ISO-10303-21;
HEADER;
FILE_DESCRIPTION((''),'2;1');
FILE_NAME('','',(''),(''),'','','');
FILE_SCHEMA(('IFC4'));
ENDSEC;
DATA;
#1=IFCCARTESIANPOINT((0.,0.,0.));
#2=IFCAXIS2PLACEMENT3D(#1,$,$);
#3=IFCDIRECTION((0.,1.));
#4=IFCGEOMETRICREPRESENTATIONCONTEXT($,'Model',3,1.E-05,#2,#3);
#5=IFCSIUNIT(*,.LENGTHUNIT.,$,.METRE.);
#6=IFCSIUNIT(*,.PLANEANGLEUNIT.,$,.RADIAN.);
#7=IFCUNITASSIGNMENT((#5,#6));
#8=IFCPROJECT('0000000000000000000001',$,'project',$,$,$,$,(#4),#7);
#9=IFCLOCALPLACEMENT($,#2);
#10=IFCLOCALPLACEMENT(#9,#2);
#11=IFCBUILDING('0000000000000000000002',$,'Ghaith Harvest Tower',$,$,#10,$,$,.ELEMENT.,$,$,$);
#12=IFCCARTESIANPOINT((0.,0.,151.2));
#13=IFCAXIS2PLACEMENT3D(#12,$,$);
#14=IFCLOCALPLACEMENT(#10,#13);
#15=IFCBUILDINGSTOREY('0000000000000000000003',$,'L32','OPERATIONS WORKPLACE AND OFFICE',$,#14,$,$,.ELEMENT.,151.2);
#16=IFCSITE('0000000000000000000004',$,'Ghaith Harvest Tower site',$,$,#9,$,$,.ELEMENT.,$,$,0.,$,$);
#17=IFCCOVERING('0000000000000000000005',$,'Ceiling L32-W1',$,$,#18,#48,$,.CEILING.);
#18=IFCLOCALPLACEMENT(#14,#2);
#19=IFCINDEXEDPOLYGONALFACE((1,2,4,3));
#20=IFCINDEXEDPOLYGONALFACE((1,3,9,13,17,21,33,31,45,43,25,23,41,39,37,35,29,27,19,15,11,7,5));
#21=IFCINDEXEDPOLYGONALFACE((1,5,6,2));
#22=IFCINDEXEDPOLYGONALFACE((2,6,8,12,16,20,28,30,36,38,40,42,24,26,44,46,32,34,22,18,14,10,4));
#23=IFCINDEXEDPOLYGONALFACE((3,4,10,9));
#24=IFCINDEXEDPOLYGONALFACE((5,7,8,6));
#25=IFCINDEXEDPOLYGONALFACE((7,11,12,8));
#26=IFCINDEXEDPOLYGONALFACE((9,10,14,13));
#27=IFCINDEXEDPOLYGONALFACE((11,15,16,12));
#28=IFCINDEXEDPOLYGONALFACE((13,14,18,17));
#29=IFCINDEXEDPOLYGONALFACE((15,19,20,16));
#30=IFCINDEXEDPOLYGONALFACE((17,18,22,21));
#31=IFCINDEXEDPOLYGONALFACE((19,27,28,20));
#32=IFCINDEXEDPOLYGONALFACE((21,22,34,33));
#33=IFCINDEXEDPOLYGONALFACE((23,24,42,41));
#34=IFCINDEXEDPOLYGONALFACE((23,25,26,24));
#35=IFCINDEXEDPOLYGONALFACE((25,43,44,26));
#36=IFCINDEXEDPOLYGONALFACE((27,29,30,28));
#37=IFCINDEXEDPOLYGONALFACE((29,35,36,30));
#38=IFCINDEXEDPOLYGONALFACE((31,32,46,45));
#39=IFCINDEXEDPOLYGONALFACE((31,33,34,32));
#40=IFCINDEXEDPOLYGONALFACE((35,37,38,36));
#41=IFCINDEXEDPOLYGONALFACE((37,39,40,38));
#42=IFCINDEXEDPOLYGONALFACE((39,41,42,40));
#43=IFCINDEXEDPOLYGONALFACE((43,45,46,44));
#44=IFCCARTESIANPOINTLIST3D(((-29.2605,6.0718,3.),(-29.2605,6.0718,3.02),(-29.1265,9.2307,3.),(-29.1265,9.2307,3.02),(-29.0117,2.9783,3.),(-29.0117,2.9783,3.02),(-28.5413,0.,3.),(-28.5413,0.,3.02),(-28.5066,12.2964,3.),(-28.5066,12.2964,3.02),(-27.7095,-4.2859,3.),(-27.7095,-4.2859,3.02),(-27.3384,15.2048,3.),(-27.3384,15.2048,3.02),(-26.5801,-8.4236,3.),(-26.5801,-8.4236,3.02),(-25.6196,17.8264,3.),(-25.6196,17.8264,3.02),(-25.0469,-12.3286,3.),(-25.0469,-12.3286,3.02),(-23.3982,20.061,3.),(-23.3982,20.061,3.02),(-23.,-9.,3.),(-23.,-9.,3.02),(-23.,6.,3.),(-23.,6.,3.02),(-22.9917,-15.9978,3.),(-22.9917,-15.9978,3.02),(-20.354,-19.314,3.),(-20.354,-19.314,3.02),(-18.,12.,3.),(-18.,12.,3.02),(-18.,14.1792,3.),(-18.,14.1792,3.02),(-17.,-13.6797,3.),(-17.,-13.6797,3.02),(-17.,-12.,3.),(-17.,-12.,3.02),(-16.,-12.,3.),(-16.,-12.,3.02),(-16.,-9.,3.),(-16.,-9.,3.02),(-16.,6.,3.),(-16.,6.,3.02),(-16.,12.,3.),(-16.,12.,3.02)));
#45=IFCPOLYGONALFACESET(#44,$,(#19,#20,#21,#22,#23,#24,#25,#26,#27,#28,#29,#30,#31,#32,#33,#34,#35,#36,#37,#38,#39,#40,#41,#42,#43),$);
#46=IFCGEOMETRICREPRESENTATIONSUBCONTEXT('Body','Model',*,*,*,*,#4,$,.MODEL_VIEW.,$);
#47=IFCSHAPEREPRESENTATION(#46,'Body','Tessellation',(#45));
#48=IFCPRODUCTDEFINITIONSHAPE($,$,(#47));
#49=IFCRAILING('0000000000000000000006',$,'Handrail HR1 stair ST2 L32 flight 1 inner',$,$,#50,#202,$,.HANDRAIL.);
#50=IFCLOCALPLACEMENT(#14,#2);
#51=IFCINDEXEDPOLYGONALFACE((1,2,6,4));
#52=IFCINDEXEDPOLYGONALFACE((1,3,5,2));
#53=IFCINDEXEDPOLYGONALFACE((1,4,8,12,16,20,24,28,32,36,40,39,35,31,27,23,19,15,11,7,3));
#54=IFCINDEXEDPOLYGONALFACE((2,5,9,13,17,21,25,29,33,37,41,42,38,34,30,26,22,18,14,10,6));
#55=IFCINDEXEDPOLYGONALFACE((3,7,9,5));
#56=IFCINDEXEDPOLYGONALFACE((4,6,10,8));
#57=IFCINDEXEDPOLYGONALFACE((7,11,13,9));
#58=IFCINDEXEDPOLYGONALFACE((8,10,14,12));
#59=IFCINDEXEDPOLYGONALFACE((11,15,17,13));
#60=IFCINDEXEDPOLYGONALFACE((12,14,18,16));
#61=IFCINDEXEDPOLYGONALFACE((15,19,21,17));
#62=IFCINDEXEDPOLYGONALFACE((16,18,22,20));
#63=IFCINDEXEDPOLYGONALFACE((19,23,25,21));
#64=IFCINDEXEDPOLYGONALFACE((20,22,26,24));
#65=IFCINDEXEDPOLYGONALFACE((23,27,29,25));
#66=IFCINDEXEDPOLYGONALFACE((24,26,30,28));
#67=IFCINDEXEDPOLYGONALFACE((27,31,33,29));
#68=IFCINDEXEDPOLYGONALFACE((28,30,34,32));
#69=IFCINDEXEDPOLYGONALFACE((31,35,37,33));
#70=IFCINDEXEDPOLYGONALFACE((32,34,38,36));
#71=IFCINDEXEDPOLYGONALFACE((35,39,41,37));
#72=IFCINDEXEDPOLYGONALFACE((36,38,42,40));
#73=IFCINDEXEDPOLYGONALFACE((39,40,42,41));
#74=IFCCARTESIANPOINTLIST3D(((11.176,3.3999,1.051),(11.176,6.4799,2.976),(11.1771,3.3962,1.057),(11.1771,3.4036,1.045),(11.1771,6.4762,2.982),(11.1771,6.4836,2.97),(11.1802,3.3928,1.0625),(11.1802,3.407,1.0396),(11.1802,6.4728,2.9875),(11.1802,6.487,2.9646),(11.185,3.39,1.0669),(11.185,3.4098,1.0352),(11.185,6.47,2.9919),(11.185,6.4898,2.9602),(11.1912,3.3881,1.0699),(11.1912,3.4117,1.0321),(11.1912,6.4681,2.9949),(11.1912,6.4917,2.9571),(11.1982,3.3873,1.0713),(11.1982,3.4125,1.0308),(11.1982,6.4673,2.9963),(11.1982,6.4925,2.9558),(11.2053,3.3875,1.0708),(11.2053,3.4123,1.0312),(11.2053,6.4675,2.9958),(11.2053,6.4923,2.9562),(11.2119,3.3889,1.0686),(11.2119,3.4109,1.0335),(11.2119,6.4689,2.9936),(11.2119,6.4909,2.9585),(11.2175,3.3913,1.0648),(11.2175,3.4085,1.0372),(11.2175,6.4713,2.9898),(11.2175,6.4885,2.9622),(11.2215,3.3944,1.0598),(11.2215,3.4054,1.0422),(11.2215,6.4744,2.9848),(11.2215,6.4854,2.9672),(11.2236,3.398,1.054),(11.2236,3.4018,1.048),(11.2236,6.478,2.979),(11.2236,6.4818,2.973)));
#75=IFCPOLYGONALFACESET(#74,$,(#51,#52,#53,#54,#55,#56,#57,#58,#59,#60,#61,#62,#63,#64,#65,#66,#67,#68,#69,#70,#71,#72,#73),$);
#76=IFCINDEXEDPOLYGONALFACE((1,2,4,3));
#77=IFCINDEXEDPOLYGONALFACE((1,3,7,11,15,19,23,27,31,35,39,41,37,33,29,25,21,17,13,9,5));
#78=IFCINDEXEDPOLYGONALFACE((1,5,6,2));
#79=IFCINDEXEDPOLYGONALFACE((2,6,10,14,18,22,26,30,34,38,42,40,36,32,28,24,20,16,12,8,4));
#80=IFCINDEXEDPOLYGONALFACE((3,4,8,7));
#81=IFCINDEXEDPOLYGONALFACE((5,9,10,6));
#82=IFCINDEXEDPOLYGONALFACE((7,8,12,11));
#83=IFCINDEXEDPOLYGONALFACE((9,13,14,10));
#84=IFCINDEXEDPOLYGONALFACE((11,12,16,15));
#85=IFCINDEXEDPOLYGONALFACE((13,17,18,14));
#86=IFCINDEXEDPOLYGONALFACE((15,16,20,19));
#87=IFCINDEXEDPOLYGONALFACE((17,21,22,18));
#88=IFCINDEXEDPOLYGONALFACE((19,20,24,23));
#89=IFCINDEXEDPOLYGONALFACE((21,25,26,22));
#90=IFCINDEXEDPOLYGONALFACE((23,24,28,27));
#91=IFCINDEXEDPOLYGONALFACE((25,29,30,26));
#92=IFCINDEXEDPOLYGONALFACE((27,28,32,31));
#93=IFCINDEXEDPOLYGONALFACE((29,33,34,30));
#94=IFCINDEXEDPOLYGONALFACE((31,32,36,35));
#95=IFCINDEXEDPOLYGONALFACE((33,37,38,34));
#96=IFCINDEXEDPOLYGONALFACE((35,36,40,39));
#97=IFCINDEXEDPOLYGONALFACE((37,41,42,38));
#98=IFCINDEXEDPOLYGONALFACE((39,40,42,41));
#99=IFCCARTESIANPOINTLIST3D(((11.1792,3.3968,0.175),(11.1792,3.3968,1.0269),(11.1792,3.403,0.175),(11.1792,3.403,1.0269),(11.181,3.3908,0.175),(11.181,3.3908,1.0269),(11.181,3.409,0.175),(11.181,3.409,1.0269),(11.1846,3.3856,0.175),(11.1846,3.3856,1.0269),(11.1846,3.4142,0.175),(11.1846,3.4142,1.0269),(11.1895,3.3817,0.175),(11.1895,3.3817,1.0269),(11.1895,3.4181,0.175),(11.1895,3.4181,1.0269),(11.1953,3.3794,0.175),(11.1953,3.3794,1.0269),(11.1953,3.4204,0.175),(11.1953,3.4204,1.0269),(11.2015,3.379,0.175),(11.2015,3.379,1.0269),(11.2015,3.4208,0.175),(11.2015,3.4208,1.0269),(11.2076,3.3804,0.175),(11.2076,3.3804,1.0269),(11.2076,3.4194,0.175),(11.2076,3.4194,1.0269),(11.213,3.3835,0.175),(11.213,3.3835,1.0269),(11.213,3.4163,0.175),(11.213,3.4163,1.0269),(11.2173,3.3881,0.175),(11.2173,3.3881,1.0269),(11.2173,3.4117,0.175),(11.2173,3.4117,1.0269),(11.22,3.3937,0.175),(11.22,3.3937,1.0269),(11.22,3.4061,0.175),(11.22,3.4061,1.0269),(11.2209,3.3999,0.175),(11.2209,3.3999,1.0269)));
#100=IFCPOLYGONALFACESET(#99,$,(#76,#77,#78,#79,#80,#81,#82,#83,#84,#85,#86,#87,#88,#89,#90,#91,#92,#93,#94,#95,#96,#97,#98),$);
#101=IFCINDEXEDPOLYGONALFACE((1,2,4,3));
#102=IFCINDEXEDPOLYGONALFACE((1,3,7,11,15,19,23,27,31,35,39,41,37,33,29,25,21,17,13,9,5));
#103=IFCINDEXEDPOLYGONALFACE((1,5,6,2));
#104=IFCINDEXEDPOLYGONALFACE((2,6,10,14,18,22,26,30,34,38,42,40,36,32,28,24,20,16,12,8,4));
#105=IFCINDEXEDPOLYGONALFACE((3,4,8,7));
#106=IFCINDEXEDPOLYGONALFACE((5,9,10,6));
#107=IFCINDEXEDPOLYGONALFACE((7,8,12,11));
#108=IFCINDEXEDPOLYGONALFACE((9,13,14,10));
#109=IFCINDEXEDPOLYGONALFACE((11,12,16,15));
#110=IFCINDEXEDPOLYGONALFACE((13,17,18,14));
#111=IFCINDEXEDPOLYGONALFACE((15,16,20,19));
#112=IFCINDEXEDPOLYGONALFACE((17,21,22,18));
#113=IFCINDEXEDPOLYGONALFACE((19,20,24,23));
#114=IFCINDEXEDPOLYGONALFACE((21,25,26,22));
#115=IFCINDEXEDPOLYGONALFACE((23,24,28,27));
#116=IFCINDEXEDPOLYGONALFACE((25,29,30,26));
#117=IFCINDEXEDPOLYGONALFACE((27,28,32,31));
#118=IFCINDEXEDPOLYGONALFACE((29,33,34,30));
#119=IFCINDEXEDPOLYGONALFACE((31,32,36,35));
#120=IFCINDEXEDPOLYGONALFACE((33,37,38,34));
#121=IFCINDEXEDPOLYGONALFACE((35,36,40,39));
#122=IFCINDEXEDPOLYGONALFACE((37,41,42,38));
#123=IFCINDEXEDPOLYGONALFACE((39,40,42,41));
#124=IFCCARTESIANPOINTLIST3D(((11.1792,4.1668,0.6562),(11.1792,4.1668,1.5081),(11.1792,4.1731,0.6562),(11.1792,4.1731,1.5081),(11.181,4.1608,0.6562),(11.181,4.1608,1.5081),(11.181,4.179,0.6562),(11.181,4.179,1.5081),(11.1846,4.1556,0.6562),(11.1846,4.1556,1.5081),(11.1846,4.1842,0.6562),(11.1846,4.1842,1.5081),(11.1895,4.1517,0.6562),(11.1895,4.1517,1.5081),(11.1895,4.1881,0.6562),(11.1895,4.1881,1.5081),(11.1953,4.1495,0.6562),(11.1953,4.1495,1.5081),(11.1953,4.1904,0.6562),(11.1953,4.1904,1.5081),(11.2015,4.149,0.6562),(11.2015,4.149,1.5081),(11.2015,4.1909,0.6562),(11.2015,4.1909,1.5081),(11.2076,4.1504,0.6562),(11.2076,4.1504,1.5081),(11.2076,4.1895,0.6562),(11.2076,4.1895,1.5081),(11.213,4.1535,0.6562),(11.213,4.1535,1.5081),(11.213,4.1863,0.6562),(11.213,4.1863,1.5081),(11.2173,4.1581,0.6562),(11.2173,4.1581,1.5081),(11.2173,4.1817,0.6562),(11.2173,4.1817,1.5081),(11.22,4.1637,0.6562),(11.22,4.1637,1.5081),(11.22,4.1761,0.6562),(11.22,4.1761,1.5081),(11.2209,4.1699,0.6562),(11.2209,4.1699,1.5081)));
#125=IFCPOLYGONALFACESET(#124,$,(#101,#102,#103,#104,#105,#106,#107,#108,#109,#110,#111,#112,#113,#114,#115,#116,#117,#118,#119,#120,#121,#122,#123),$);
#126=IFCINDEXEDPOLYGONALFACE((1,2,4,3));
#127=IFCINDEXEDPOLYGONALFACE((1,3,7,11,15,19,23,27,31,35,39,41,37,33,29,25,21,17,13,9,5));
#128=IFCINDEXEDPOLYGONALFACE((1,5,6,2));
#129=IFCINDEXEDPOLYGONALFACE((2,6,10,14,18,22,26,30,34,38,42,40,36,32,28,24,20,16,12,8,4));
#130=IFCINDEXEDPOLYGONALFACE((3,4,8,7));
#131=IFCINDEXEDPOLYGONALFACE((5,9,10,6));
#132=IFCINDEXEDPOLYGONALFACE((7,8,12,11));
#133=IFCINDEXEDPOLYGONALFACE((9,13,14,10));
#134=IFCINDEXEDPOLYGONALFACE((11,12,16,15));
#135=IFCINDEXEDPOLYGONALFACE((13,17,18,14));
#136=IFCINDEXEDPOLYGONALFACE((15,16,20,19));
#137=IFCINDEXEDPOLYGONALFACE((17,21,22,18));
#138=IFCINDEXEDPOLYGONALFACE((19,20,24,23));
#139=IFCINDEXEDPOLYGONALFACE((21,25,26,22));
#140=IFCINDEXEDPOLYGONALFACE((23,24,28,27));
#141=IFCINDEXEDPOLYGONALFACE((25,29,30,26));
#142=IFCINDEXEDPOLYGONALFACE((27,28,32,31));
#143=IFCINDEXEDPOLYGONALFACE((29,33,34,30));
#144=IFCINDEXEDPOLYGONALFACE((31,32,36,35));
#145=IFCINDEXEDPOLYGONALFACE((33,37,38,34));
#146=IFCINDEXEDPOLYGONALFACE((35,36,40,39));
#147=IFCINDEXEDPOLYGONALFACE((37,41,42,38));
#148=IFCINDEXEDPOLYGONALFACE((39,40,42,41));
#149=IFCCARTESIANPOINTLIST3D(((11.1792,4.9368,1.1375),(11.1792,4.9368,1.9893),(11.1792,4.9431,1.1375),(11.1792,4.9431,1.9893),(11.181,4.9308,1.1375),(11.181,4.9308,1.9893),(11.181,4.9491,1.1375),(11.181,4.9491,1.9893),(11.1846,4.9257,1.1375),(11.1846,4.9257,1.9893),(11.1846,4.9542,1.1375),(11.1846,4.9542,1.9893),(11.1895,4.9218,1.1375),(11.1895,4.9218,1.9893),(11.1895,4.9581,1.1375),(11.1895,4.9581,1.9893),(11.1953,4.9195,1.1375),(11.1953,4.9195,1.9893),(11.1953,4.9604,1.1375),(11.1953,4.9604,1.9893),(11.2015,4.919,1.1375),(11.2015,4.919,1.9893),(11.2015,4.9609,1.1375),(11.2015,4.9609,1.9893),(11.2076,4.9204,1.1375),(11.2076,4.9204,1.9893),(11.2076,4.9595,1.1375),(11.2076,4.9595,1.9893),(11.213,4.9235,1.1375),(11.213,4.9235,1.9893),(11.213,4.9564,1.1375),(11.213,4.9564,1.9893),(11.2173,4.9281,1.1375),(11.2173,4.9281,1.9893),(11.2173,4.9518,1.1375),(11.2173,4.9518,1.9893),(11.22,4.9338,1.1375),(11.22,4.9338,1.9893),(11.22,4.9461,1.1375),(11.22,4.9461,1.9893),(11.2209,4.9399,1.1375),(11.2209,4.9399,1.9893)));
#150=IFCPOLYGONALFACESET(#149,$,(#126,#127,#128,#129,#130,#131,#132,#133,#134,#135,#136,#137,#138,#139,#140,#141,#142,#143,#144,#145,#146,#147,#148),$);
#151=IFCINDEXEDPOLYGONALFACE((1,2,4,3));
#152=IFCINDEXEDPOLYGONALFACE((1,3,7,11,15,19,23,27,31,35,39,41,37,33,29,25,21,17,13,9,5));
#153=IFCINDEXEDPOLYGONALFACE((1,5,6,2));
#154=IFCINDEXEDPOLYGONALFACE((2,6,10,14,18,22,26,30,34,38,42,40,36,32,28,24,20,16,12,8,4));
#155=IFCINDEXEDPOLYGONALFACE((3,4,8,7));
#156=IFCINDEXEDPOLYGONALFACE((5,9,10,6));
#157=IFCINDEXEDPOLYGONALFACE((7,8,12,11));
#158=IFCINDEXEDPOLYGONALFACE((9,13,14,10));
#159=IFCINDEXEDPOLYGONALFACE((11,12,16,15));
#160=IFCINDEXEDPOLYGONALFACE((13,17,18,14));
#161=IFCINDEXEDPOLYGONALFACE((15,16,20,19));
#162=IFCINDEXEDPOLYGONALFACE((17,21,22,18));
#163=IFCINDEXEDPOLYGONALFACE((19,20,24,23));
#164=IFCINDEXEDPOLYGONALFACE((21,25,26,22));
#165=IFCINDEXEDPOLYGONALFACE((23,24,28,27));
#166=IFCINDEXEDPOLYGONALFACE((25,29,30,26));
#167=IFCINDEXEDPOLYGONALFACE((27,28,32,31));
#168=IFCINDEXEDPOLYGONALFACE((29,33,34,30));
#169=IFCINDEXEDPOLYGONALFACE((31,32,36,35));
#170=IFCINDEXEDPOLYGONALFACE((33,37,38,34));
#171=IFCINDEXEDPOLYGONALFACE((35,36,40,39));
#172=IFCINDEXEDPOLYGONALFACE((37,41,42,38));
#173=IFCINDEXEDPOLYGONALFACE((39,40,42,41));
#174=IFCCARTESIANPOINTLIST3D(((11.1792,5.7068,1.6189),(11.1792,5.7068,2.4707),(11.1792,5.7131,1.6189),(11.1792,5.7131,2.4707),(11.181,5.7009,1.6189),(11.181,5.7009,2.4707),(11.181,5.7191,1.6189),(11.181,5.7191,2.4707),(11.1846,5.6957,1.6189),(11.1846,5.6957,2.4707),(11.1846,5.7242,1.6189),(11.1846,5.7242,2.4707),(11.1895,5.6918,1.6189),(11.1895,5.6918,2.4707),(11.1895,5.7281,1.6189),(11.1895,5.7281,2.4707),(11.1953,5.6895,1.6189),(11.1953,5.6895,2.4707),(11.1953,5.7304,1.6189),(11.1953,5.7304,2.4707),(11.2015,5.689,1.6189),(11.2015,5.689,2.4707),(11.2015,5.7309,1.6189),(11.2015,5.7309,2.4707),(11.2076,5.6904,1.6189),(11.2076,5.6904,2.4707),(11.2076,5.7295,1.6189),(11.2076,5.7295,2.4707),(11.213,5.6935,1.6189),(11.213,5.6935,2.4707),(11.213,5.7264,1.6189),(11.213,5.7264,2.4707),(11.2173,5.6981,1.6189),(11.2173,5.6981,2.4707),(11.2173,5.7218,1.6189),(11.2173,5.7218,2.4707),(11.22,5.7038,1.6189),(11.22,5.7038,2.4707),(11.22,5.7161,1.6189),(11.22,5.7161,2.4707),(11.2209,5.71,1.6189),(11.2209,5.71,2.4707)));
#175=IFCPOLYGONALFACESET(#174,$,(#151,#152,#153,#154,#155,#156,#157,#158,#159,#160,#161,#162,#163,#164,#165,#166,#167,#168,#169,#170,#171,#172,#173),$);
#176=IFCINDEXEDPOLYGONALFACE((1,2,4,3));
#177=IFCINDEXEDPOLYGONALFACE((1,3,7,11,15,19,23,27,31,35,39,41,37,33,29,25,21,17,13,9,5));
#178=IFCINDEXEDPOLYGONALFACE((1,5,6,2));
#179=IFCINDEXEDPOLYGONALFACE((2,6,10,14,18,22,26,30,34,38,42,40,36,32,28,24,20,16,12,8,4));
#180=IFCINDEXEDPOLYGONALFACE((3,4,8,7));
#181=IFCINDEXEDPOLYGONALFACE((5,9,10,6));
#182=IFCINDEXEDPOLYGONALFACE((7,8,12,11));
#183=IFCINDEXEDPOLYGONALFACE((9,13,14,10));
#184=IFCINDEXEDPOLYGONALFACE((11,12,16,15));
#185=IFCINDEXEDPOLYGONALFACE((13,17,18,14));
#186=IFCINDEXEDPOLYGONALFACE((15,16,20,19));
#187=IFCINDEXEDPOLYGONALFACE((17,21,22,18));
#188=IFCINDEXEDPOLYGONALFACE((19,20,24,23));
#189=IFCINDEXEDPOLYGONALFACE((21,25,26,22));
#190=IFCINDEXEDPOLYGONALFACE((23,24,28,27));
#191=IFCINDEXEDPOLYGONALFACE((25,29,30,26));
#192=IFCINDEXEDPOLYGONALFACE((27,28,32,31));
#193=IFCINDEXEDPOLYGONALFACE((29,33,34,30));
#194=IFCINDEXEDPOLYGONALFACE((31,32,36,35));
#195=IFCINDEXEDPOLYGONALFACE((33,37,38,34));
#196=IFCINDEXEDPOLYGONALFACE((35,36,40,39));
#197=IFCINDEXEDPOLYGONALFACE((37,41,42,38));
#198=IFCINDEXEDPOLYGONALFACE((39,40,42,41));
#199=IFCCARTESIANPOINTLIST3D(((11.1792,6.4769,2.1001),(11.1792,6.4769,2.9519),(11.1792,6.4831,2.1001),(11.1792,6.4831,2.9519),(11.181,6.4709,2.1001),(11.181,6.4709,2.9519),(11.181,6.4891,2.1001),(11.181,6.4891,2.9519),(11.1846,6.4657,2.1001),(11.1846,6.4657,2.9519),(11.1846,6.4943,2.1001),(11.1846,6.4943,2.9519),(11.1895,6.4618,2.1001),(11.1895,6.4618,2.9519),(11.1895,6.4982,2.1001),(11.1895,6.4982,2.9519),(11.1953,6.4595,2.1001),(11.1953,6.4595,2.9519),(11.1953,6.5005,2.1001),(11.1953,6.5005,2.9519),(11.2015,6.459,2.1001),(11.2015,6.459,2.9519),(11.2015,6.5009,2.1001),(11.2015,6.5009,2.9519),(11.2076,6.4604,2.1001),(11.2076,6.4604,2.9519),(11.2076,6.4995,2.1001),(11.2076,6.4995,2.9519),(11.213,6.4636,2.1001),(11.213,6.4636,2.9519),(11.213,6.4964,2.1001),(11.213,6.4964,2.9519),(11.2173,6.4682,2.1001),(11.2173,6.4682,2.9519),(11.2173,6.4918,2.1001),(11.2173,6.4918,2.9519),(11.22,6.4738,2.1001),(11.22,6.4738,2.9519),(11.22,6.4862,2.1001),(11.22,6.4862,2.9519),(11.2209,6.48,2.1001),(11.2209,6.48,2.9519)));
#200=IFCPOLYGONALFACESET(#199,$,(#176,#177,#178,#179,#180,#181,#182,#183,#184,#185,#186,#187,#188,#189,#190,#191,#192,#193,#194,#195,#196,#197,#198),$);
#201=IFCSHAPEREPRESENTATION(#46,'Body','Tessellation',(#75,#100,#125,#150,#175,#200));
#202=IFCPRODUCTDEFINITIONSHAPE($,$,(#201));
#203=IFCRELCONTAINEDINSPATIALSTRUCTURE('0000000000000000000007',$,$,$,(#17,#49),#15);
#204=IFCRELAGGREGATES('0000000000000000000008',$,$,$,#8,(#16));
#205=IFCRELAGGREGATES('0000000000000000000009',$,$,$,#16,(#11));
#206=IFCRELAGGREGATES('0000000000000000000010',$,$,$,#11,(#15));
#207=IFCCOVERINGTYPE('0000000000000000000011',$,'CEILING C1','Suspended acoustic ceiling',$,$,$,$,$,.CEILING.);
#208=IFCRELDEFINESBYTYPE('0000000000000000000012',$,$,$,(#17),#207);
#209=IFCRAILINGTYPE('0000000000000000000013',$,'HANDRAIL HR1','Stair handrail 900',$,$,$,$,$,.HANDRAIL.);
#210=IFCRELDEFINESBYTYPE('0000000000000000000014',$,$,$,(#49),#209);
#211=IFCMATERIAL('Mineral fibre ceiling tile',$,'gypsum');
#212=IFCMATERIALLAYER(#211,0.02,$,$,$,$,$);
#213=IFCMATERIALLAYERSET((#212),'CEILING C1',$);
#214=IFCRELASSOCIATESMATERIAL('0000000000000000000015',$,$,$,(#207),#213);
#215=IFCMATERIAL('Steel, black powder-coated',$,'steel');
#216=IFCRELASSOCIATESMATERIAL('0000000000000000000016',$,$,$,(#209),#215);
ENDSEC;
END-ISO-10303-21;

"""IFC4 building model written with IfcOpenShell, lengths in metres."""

from ifc_helpers import new_model, si_unit, direction, frame, origin, origin_2d, place, context, subcontext, project, spatial, polyline, circle, outline, extrude, material, layer, layer_set, type_object, element, save


model = new_model("IFC4")

# Units and contexts
model_context = context("Model", 3, precision=1e-05, world=origin(), true_north=direction((0.0, 1.0)))
body_context = subcontext(model_context, "Body", "Model", "MODEL_VIEW")
ifc_project = project(units=[si_unit("LENGTHUNIT", "METRE"), si_unit("PLANEANGLEUNIT", "RADIAN")], contexts=[model_context])

# Site, building, storey
site_placement = place(None, origin())
site = spatial("IfcSite", under=ifc_project, at=site_placement, Name="Ghaith Harvest Tower site", CompositionType="ELEMENT", RefElevation=0.0)
building_placement = place(site_placement, origin())
building = spatial("IfcBuilding", under=site, at=building_placement, Name="Ghaith Harvest Tower", CompositionType="ELEMENT")
storey_placement = place(building_placement, frame((0.0, 0.0, 151.2)))
storey = spatial("IfcBuildingStorey", under=building, at=storey_placement, Name="L32", Description="OPERATIONS WORKPLACE AND OFFICE", CompositionType="ELEMENT", Elevation=151.2)

# Covering
ifc_material_1 = material(Name="Mineral fibre ceiling tile", Category="gypsum")
ifc_layer_1 = layer(ifc_material_1, 0.02)
ifc_layer_set_1 = layer_set([ifc_layer_1], Name="CEILING C1")
covering_type = type_object("IfcCoveringType", Name="CEILING C1", Description="Suspended acoustic ceiling", PredefinedType="CEILING", material=ifc_layer_set_1)
covering_1_placement = place(storey_placement, frame((0.0, 0.0, 3.0)))
element("IfcCovering", 1, at=covering_1_placement, inside=storey, type_object=covering_type, Name="Ceiling L32-W1", PredefinedType="CEILING", context=body_context, shape_type="SweptSolid", body=[
    extrude(outline(polyline([(-25.0469, -12.3286), (-26.5801, -8.4236), (-27.7095, -4.2859), (-28.5413, 0.0), (-29.0117, 2.9783), (-29.2605, 6.0718), (-29.1265, 9.2307), (-28.5066, 12.2964), (-27.3384, 15.2048), (-25.6196, 17.8264), (-23.3982, 20.061), (-18.0, 14.1792), (-18.0, 12.0), (-16.0, 12.0), (-16.0, 6.0), (-23.0, 6.0), (-23.0, -9.0), (-16.0, -9.0), (-16.0, -12.0), (-17.0, -12.0), (-17.0, -13.6797), (-20.354, -19.314), (-22.9917, -15.9978), (-25.0469, -12.3286)])), origin(), (0.0, 0.0, 1.0), 0.02),
])

# Railing
ifc_material_2 = material(Name="Steel, black powder-coated", Category="steel")
railing_type = type_object("IfcRailingType", Name="HANDRAIL HR1", Description="Stair handrail 900", PredefinedType="HANDRAIL", material=ifc_material_2)
railing_1_placement = place(storey_placement, frame((11.2, 3.3999, 0.175)))
element("IfcRailing", 2, at=railing_1_placement, inside=storey, type_object=railing_type, Name="Handrail HR1 stair ST2 L32 flight 1 inner", PredefinedType="HANDRAIL", context=body_context, shape_type="SweptSolid", body=[
    extrude(circle(Radius=0.0239, at=origin_2d()), frame((0.0, 0.0, 0.876), z_axis=(0.0, 0.847998, 0.529999), x_axis=(-1.0, 0.0, 0.0)), (0.0, 0.0, 1.0), 3.6321),
    extrude(circle(Radius=0.021, at=origin_2d()), origin(), (0.0, 0.0, 1.0), 0.8518),
    extrude(circle(Radius=0.021, at=origin_2d()), frame((0.0, 0.77, 0.4812)), (0.0, 0.0, 1.0), 0.8518),
    extrude(circle(Radius=0.021, at=origin_2d()), frame((0.0, 1.54, 0.9624)), (0.0, 0.0, 1.0), 0.8518),
    extrude(circle(Radius=0.021, at=origin_2d()), frame((0.0, 2.3101, 1.4438)), (0.0, 0.0, 1.0), 0.8518),
    extrude(circle(Radius=0.021, at=origin_2d()), frame((0.0, 3.0801, 1.925)), (0.0, 0.0, 1.0), 0.8518),
])

save(model, "model.ifc")
